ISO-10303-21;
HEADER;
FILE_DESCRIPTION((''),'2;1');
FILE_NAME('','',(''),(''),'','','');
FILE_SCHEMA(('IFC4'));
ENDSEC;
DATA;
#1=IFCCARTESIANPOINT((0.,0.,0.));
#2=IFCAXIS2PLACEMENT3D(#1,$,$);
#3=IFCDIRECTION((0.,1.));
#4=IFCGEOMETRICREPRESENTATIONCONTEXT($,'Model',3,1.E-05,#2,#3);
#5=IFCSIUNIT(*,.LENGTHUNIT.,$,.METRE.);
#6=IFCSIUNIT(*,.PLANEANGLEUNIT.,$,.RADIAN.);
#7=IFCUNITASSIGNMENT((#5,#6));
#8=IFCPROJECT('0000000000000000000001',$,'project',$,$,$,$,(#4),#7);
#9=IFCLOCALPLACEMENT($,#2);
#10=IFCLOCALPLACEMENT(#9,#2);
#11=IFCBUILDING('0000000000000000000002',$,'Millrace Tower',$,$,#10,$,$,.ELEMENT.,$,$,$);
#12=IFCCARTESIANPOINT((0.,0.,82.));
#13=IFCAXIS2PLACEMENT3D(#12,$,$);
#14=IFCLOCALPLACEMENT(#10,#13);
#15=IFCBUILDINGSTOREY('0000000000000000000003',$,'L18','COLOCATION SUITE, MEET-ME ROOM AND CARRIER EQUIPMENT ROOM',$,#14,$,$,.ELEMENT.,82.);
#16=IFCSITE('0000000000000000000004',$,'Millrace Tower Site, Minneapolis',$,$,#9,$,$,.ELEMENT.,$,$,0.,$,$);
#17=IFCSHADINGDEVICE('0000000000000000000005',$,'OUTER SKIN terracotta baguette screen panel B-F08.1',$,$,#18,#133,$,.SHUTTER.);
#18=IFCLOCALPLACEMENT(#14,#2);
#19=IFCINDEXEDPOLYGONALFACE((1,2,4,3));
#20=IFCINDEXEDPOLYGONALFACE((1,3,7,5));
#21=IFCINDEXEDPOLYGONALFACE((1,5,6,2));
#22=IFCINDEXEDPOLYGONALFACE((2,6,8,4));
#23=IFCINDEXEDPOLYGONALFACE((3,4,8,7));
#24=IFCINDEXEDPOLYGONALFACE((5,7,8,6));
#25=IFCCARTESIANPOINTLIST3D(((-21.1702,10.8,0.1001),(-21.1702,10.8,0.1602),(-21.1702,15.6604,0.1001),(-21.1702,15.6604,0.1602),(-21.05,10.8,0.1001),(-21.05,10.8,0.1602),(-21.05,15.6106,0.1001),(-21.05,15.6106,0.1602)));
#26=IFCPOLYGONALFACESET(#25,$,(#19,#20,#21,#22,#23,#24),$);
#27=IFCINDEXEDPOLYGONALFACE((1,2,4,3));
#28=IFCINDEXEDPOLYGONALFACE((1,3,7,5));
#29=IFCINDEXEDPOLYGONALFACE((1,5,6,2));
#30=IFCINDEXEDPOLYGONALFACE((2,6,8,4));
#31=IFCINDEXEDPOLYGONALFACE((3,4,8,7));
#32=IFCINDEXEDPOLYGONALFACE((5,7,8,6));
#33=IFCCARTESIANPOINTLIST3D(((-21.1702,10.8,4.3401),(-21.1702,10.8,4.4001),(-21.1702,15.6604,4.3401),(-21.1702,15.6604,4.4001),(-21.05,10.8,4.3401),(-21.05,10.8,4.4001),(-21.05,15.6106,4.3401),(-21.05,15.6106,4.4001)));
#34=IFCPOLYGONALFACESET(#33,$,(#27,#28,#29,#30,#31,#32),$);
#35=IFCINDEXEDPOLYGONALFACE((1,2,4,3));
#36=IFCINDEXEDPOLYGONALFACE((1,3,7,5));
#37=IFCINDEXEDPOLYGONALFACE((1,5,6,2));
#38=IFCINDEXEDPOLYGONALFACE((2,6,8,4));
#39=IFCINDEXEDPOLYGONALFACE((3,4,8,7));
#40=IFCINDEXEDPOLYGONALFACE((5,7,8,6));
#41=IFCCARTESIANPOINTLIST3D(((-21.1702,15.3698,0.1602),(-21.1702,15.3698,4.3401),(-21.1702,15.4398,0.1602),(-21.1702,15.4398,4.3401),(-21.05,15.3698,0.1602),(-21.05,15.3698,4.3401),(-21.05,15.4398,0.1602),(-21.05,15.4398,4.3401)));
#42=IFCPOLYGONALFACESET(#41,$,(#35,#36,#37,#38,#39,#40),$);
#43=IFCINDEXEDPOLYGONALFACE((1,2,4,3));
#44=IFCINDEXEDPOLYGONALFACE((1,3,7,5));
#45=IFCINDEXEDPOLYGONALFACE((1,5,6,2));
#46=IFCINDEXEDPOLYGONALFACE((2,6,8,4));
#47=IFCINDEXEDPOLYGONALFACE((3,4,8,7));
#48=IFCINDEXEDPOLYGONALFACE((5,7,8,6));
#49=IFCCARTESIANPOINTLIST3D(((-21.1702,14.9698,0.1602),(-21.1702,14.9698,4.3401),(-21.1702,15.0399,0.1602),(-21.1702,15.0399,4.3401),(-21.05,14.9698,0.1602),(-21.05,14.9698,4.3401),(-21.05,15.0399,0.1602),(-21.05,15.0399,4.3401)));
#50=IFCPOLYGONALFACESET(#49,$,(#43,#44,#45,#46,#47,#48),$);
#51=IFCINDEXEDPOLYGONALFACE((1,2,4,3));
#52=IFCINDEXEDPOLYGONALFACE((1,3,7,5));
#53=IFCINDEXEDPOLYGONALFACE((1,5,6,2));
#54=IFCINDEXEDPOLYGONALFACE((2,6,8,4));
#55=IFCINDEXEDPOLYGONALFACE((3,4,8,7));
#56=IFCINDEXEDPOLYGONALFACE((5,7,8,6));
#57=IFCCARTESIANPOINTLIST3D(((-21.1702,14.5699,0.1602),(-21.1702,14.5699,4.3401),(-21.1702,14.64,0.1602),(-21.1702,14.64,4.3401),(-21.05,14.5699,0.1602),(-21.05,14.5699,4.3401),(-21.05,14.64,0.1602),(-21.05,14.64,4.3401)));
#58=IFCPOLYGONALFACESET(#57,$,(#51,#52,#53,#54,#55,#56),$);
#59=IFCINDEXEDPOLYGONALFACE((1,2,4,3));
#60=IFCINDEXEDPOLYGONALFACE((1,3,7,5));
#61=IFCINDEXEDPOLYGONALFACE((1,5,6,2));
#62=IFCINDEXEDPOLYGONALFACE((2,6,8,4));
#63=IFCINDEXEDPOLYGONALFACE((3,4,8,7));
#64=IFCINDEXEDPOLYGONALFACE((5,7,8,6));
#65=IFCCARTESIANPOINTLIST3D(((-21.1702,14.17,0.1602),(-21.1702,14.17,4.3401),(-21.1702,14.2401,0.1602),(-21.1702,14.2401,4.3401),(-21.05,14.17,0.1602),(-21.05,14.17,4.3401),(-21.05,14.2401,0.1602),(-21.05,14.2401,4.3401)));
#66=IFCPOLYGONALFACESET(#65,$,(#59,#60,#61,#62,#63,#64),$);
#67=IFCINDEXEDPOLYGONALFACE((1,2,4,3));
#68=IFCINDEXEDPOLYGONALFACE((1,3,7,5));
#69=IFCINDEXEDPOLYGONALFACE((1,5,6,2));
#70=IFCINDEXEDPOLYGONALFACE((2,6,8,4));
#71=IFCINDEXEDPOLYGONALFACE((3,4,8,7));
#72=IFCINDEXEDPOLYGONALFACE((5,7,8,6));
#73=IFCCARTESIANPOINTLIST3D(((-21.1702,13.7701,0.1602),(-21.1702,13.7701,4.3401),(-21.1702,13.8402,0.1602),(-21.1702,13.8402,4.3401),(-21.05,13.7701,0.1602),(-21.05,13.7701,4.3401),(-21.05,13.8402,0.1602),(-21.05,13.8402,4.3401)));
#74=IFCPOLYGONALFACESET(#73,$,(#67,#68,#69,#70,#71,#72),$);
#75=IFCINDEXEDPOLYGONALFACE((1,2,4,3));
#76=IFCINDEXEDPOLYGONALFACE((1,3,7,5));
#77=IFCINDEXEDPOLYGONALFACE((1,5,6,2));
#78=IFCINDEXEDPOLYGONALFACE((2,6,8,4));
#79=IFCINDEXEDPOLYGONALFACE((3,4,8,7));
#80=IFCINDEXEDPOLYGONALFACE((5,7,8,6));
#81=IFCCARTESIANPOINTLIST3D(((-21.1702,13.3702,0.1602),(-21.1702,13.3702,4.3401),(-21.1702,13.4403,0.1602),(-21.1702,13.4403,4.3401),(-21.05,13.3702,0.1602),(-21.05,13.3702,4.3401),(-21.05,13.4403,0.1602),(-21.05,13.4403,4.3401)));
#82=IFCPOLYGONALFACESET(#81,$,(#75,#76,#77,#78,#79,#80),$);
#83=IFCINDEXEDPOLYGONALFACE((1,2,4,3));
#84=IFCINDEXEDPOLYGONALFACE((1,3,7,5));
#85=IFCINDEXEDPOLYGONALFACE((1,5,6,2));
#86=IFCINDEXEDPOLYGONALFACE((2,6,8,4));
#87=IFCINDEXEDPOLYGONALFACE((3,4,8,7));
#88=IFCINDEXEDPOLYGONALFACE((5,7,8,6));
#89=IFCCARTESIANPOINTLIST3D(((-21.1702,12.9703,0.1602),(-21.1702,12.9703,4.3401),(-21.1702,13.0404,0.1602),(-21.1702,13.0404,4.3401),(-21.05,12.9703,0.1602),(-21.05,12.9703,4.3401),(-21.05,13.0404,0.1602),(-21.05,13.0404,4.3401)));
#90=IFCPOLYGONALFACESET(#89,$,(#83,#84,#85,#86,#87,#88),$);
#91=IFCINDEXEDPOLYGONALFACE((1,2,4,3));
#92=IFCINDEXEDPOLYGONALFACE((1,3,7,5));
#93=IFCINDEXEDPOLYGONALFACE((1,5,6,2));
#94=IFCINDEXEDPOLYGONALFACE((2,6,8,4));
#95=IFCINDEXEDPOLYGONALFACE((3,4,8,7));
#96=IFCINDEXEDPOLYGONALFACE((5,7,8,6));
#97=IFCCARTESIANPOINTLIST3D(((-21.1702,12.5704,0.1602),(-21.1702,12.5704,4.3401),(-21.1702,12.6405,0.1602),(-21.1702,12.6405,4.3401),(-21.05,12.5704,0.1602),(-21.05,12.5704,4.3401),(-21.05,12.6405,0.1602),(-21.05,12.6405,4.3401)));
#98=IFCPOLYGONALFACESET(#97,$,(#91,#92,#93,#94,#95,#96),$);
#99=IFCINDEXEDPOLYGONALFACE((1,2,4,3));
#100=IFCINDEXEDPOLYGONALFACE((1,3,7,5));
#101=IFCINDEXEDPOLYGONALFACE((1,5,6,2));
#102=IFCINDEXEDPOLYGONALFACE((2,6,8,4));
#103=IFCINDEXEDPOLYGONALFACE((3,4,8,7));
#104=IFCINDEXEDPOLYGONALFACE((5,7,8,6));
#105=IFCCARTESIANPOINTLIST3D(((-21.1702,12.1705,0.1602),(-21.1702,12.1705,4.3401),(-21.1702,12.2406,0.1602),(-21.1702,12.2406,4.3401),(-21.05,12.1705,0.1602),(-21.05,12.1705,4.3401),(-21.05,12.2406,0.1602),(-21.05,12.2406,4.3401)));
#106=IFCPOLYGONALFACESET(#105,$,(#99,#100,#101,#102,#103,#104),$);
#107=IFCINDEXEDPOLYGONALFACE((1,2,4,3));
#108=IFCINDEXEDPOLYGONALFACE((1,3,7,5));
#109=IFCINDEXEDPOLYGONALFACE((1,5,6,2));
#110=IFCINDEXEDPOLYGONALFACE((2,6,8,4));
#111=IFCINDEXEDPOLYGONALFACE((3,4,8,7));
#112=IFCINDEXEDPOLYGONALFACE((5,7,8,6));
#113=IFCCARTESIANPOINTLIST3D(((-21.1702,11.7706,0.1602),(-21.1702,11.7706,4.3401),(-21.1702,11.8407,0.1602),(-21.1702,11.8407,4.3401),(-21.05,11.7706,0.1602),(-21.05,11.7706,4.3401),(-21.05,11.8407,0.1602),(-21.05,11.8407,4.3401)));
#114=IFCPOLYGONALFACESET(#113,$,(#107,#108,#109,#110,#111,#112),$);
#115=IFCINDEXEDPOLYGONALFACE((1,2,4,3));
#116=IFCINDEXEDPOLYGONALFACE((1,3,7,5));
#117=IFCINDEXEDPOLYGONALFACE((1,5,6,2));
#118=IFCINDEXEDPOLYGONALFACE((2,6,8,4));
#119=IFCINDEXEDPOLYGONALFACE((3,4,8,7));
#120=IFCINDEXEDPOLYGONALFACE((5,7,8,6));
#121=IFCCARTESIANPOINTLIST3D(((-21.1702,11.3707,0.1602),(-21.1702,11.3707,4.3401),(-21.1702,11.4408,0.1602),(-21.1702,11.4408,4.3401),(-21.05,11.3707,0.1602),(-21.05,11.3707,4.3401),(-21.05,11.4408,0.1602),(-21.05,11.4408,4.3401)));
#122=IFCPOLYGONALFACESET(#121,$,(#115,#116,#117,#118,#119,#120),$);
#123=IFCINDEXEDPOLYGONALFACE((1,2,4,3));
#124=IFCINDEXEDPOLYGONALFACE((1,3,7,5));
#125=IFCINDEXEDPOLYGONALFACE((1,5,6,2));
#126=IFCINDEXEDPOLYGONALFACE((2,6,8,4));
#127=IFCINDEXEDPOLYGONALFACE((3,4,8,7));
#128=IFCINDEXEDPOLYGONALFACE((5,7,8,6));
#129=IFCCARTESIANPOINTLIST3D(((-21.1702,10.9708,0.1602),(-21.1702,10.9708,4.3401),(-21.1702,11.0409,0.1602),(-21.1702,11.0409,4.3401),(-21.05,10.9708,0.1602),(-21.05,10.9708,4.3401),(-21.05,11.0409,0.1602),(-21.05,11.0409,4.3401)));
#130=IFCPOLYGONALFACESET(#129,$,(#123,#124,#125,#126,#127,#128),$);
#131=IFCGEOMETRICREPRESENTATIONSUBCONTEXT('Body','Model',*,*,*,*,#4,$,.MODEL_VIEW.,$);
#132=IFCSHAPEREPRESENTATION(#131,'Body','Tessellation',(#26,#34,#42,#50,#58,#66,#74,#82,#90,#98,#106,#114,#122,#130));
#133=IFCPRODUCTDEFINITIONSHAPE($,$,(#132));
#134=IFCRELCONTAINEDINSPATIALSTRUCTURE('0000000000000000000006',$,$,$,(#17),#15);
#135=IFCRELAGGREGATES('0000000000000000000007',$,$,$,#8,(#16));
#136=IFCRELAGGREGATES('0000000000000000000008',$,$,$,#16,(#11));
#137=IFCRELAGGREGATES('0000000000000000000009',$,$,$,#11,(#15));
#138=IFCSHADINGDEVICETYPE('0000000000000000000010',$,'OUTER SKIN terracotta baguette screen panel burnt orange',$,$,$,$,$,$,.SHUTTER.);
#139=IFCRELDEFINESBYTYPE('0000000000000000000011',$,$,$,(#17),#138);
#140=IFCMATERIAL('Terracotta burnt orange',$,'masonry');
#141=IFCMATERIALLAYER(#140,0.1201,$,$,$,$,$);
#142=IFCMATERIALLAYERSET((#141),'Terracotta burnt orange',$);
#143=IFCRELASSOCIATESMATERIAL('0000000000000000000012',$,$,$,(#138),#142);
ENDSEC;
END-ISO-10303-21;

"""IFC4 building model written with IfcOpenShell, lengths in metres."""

from ifc_helpers import new_model, entity, si_unit, direction, frame, frame_2d, origin, place, context, subcontext, project, spatial, rectangle, extrude, source, transform, mapped, material, layer, layer_set, type_object, element, save


model = new_model("IFC4")

# Units and contexts
model_context = context("Model", 3, precision=1e-05, world=origin(), true_north=direction((0.0, 1.0)))
body_context = subcontext(model_context, "Body", "Model", "MODEL_VIEW")
ifc_project = project(units=[si_unit("LENGTHUNIT", "METRE"), si_unit("PLANEANGLEUNIT", "RADIAN")], contexts=[model_context])

# Site, building, storey
site_placement = place(None, origin())
site = spatial("IfcSite", under=ifc_project, at=site_placement, Name="Millrace Tower Site, Minneapolis", CompositionType="ELEMENT", RefElevation=0.0)
building_placement = place(site_placement, origin())
building = spatial("IfcBuilding", under=site, at=building_placement, Name="Millrace Tower", CompositionType="ELEMENT")
storey_placement = place(building_placement, frame((0.0, 0.0, 82.0)))
storey = spatial("IfcBuildingStorey", under=building, at=storey_placement, Name="L18", Description="COLOCATION SUITE, MEET-ME ROOM AND CARRIER EQUIPMENT ROOM", CompositionType="ELEMENT", Elevation=82.0)

# Shading device
ifc_material_1 = material(Name="Terracotta burnt orange", Category="masonry")
ifc_layer_1 = layer(ifc_material_1, 0.1201)
ifc_layer_set_1 = layer_set([ifc_layer_1], Name="Terracotta burnt orange")
shading_device_type = type_object("IfcShadingDeviceType", Name="OUTER SKIN terracotta baguette screen panel burnt orange", PredefinedType="SHUTTER", material=ifc_layer_set_1)
cartesian_point_1 = entity("IfcCartesianPoint", [-2.3928, 0.0601])
shared_polyline_1 = entity("IfcPolyline", [cartesian_point_1, entity("IfcCartesianPoint", [2.4177, 0.0601]), entity("IfcCartesianPoint", [2.4177, -0.0601]), entity("IfcCartesianPoint", [-2.4426, -0.0601]), cartesian_point_1])
shared_shape_1 = source(origin(), body_context, "Body", "SweptSolid", [
    entity("IfcExtrudedAreaSolid", entity("IfcArbitraryClosedProfileDef", "AREA", None, shared_polyline_1), entity("IfcAxis2Placement3D", entity("IfcCartesianPoint", [0.0, 0.0, 0.0])), entity("IfcDirection", [0.0, 0.0, 1.0]), 0.0601),
    entity("IfcExtrudedAreaSolid", entity("IfcArbitraryClosedProfileDef", "AREA", None, shared_polyline_1), entity("IfcAxis2Placement3D", entity("IfcCartesianPoint", [0.0, 0.0, 4.24])), entity("IfcDirection", [0.0, 0.0, 1.0]), 0.0601),
    extrude(rectangle(XDim=0.0701, YDim=0.1201, at=frame_2d((-2.187, 0.0))), frame((0.0, 0.0, 0.0601)), (0.0, 0.0, 1.0), 4.1799),
    extrude(rectangle(XDim=0.0701, YDim=0.1201, at=frame_2d((-1.7871, 0.0))), frame((0.0, 0.0, 0.0601)), (0.0, 0.0, 1.0), 4.1799),
    extrude(rectangle(XDim=0.0701, YDim=0.1201, at=frame_2d((-1.3872, 0.0))), frame((0.0, 0.0, 0.0601)), (0.0, 0.0, 1.0), 4.1799),
    extrude(rectangle(XDim=0.0701, YDim=0.1201, at=frame_2d((-0.9873, 0.0))), frame((0.0, 0.0, 0.0601)), (0.0, 0.0, 1.0), 4.1799),
    extrude(rectangle(XDim=0.0701, YDim=0.1201, at=frame_2d((-0.5874, 0.0))), frame((0.0, 0.0, 0.0601)), (0.0, 0.0, 1.0), 4.1799),
    extrude(rectangle(XDim=0.0701, YDim=0.1201, at=frame_2d((-0.1875, 0.0))), frame((0.0, 0.0, 0.0601)), (0.0, 0.0, 1.0), 4.1799),
    extrude(rectangle(XDim=0.0701, YDim=0.1201, at=frame_2d((0.2124, 0.0))), frame((0.0, 0.0, 0.0601)), (0.0, 0.0, 1.0), 4.1799),
    extrude(rectangle(XDim=0.0701, YDim=0.1201, at=frame_2d((0.6123, 0.0))), frame((0.0, 0.0, 0.0601)), (0.0, 0.0, 1.0), 4.1799),
    extrude(rectangle(XDim=0.0701, YDim=0.1201, at=frame_2d((1.0122, 0.0))), frame((0.0, 0.0, 0.0601)), (0.0, 0.0, 1.0), 4.1799),
    extrude(rectangle(XDim=0.0701, YDim=0.1201, at=frame_2d((1.4121, 0.0))), frame((0.0, 0.0, 0.0601)), (0.0, 0.0, 1.0), 4.1799),
    extrude(rectangle(XDim=0.0701, YDim=0.1201, at=frame_2d((1.812, 0.0))), frame((0.0, 0.0, 0.0601)), (0.0, 0.0, 1.0), 4.1799),
    extrude(rectangle(XDim=0.0701, YDim=0.1201, at=frame_2d((2.2119, 0.0))), frame((0.0, 0.0, 0.0601)), (0.0, 0.0, 1.0), 4.1799),
])
shading_device_1_placement = place(storey_placement, frame((-21.1101, 13.2178, 0.1001), z_axis=(0.0, 0.0, 1.0), x_axis=(0.0, -1.0, 0.0)))
element("IfcShadingDevice", 1, at=shading_device_1_placement, inside=storey, type_object=shading_device_type, Name="OUTER SKIN terracotta baguette screen panel B-F08.1", PredefinedType="SHUTTER", context=body_context, shape_type="MappedRepresentation", body=[
    mapped(shared_shape_1, transform((0.0, 0.0, 0.0), scale=1.0)),
])

save(model, "model.ifc")
